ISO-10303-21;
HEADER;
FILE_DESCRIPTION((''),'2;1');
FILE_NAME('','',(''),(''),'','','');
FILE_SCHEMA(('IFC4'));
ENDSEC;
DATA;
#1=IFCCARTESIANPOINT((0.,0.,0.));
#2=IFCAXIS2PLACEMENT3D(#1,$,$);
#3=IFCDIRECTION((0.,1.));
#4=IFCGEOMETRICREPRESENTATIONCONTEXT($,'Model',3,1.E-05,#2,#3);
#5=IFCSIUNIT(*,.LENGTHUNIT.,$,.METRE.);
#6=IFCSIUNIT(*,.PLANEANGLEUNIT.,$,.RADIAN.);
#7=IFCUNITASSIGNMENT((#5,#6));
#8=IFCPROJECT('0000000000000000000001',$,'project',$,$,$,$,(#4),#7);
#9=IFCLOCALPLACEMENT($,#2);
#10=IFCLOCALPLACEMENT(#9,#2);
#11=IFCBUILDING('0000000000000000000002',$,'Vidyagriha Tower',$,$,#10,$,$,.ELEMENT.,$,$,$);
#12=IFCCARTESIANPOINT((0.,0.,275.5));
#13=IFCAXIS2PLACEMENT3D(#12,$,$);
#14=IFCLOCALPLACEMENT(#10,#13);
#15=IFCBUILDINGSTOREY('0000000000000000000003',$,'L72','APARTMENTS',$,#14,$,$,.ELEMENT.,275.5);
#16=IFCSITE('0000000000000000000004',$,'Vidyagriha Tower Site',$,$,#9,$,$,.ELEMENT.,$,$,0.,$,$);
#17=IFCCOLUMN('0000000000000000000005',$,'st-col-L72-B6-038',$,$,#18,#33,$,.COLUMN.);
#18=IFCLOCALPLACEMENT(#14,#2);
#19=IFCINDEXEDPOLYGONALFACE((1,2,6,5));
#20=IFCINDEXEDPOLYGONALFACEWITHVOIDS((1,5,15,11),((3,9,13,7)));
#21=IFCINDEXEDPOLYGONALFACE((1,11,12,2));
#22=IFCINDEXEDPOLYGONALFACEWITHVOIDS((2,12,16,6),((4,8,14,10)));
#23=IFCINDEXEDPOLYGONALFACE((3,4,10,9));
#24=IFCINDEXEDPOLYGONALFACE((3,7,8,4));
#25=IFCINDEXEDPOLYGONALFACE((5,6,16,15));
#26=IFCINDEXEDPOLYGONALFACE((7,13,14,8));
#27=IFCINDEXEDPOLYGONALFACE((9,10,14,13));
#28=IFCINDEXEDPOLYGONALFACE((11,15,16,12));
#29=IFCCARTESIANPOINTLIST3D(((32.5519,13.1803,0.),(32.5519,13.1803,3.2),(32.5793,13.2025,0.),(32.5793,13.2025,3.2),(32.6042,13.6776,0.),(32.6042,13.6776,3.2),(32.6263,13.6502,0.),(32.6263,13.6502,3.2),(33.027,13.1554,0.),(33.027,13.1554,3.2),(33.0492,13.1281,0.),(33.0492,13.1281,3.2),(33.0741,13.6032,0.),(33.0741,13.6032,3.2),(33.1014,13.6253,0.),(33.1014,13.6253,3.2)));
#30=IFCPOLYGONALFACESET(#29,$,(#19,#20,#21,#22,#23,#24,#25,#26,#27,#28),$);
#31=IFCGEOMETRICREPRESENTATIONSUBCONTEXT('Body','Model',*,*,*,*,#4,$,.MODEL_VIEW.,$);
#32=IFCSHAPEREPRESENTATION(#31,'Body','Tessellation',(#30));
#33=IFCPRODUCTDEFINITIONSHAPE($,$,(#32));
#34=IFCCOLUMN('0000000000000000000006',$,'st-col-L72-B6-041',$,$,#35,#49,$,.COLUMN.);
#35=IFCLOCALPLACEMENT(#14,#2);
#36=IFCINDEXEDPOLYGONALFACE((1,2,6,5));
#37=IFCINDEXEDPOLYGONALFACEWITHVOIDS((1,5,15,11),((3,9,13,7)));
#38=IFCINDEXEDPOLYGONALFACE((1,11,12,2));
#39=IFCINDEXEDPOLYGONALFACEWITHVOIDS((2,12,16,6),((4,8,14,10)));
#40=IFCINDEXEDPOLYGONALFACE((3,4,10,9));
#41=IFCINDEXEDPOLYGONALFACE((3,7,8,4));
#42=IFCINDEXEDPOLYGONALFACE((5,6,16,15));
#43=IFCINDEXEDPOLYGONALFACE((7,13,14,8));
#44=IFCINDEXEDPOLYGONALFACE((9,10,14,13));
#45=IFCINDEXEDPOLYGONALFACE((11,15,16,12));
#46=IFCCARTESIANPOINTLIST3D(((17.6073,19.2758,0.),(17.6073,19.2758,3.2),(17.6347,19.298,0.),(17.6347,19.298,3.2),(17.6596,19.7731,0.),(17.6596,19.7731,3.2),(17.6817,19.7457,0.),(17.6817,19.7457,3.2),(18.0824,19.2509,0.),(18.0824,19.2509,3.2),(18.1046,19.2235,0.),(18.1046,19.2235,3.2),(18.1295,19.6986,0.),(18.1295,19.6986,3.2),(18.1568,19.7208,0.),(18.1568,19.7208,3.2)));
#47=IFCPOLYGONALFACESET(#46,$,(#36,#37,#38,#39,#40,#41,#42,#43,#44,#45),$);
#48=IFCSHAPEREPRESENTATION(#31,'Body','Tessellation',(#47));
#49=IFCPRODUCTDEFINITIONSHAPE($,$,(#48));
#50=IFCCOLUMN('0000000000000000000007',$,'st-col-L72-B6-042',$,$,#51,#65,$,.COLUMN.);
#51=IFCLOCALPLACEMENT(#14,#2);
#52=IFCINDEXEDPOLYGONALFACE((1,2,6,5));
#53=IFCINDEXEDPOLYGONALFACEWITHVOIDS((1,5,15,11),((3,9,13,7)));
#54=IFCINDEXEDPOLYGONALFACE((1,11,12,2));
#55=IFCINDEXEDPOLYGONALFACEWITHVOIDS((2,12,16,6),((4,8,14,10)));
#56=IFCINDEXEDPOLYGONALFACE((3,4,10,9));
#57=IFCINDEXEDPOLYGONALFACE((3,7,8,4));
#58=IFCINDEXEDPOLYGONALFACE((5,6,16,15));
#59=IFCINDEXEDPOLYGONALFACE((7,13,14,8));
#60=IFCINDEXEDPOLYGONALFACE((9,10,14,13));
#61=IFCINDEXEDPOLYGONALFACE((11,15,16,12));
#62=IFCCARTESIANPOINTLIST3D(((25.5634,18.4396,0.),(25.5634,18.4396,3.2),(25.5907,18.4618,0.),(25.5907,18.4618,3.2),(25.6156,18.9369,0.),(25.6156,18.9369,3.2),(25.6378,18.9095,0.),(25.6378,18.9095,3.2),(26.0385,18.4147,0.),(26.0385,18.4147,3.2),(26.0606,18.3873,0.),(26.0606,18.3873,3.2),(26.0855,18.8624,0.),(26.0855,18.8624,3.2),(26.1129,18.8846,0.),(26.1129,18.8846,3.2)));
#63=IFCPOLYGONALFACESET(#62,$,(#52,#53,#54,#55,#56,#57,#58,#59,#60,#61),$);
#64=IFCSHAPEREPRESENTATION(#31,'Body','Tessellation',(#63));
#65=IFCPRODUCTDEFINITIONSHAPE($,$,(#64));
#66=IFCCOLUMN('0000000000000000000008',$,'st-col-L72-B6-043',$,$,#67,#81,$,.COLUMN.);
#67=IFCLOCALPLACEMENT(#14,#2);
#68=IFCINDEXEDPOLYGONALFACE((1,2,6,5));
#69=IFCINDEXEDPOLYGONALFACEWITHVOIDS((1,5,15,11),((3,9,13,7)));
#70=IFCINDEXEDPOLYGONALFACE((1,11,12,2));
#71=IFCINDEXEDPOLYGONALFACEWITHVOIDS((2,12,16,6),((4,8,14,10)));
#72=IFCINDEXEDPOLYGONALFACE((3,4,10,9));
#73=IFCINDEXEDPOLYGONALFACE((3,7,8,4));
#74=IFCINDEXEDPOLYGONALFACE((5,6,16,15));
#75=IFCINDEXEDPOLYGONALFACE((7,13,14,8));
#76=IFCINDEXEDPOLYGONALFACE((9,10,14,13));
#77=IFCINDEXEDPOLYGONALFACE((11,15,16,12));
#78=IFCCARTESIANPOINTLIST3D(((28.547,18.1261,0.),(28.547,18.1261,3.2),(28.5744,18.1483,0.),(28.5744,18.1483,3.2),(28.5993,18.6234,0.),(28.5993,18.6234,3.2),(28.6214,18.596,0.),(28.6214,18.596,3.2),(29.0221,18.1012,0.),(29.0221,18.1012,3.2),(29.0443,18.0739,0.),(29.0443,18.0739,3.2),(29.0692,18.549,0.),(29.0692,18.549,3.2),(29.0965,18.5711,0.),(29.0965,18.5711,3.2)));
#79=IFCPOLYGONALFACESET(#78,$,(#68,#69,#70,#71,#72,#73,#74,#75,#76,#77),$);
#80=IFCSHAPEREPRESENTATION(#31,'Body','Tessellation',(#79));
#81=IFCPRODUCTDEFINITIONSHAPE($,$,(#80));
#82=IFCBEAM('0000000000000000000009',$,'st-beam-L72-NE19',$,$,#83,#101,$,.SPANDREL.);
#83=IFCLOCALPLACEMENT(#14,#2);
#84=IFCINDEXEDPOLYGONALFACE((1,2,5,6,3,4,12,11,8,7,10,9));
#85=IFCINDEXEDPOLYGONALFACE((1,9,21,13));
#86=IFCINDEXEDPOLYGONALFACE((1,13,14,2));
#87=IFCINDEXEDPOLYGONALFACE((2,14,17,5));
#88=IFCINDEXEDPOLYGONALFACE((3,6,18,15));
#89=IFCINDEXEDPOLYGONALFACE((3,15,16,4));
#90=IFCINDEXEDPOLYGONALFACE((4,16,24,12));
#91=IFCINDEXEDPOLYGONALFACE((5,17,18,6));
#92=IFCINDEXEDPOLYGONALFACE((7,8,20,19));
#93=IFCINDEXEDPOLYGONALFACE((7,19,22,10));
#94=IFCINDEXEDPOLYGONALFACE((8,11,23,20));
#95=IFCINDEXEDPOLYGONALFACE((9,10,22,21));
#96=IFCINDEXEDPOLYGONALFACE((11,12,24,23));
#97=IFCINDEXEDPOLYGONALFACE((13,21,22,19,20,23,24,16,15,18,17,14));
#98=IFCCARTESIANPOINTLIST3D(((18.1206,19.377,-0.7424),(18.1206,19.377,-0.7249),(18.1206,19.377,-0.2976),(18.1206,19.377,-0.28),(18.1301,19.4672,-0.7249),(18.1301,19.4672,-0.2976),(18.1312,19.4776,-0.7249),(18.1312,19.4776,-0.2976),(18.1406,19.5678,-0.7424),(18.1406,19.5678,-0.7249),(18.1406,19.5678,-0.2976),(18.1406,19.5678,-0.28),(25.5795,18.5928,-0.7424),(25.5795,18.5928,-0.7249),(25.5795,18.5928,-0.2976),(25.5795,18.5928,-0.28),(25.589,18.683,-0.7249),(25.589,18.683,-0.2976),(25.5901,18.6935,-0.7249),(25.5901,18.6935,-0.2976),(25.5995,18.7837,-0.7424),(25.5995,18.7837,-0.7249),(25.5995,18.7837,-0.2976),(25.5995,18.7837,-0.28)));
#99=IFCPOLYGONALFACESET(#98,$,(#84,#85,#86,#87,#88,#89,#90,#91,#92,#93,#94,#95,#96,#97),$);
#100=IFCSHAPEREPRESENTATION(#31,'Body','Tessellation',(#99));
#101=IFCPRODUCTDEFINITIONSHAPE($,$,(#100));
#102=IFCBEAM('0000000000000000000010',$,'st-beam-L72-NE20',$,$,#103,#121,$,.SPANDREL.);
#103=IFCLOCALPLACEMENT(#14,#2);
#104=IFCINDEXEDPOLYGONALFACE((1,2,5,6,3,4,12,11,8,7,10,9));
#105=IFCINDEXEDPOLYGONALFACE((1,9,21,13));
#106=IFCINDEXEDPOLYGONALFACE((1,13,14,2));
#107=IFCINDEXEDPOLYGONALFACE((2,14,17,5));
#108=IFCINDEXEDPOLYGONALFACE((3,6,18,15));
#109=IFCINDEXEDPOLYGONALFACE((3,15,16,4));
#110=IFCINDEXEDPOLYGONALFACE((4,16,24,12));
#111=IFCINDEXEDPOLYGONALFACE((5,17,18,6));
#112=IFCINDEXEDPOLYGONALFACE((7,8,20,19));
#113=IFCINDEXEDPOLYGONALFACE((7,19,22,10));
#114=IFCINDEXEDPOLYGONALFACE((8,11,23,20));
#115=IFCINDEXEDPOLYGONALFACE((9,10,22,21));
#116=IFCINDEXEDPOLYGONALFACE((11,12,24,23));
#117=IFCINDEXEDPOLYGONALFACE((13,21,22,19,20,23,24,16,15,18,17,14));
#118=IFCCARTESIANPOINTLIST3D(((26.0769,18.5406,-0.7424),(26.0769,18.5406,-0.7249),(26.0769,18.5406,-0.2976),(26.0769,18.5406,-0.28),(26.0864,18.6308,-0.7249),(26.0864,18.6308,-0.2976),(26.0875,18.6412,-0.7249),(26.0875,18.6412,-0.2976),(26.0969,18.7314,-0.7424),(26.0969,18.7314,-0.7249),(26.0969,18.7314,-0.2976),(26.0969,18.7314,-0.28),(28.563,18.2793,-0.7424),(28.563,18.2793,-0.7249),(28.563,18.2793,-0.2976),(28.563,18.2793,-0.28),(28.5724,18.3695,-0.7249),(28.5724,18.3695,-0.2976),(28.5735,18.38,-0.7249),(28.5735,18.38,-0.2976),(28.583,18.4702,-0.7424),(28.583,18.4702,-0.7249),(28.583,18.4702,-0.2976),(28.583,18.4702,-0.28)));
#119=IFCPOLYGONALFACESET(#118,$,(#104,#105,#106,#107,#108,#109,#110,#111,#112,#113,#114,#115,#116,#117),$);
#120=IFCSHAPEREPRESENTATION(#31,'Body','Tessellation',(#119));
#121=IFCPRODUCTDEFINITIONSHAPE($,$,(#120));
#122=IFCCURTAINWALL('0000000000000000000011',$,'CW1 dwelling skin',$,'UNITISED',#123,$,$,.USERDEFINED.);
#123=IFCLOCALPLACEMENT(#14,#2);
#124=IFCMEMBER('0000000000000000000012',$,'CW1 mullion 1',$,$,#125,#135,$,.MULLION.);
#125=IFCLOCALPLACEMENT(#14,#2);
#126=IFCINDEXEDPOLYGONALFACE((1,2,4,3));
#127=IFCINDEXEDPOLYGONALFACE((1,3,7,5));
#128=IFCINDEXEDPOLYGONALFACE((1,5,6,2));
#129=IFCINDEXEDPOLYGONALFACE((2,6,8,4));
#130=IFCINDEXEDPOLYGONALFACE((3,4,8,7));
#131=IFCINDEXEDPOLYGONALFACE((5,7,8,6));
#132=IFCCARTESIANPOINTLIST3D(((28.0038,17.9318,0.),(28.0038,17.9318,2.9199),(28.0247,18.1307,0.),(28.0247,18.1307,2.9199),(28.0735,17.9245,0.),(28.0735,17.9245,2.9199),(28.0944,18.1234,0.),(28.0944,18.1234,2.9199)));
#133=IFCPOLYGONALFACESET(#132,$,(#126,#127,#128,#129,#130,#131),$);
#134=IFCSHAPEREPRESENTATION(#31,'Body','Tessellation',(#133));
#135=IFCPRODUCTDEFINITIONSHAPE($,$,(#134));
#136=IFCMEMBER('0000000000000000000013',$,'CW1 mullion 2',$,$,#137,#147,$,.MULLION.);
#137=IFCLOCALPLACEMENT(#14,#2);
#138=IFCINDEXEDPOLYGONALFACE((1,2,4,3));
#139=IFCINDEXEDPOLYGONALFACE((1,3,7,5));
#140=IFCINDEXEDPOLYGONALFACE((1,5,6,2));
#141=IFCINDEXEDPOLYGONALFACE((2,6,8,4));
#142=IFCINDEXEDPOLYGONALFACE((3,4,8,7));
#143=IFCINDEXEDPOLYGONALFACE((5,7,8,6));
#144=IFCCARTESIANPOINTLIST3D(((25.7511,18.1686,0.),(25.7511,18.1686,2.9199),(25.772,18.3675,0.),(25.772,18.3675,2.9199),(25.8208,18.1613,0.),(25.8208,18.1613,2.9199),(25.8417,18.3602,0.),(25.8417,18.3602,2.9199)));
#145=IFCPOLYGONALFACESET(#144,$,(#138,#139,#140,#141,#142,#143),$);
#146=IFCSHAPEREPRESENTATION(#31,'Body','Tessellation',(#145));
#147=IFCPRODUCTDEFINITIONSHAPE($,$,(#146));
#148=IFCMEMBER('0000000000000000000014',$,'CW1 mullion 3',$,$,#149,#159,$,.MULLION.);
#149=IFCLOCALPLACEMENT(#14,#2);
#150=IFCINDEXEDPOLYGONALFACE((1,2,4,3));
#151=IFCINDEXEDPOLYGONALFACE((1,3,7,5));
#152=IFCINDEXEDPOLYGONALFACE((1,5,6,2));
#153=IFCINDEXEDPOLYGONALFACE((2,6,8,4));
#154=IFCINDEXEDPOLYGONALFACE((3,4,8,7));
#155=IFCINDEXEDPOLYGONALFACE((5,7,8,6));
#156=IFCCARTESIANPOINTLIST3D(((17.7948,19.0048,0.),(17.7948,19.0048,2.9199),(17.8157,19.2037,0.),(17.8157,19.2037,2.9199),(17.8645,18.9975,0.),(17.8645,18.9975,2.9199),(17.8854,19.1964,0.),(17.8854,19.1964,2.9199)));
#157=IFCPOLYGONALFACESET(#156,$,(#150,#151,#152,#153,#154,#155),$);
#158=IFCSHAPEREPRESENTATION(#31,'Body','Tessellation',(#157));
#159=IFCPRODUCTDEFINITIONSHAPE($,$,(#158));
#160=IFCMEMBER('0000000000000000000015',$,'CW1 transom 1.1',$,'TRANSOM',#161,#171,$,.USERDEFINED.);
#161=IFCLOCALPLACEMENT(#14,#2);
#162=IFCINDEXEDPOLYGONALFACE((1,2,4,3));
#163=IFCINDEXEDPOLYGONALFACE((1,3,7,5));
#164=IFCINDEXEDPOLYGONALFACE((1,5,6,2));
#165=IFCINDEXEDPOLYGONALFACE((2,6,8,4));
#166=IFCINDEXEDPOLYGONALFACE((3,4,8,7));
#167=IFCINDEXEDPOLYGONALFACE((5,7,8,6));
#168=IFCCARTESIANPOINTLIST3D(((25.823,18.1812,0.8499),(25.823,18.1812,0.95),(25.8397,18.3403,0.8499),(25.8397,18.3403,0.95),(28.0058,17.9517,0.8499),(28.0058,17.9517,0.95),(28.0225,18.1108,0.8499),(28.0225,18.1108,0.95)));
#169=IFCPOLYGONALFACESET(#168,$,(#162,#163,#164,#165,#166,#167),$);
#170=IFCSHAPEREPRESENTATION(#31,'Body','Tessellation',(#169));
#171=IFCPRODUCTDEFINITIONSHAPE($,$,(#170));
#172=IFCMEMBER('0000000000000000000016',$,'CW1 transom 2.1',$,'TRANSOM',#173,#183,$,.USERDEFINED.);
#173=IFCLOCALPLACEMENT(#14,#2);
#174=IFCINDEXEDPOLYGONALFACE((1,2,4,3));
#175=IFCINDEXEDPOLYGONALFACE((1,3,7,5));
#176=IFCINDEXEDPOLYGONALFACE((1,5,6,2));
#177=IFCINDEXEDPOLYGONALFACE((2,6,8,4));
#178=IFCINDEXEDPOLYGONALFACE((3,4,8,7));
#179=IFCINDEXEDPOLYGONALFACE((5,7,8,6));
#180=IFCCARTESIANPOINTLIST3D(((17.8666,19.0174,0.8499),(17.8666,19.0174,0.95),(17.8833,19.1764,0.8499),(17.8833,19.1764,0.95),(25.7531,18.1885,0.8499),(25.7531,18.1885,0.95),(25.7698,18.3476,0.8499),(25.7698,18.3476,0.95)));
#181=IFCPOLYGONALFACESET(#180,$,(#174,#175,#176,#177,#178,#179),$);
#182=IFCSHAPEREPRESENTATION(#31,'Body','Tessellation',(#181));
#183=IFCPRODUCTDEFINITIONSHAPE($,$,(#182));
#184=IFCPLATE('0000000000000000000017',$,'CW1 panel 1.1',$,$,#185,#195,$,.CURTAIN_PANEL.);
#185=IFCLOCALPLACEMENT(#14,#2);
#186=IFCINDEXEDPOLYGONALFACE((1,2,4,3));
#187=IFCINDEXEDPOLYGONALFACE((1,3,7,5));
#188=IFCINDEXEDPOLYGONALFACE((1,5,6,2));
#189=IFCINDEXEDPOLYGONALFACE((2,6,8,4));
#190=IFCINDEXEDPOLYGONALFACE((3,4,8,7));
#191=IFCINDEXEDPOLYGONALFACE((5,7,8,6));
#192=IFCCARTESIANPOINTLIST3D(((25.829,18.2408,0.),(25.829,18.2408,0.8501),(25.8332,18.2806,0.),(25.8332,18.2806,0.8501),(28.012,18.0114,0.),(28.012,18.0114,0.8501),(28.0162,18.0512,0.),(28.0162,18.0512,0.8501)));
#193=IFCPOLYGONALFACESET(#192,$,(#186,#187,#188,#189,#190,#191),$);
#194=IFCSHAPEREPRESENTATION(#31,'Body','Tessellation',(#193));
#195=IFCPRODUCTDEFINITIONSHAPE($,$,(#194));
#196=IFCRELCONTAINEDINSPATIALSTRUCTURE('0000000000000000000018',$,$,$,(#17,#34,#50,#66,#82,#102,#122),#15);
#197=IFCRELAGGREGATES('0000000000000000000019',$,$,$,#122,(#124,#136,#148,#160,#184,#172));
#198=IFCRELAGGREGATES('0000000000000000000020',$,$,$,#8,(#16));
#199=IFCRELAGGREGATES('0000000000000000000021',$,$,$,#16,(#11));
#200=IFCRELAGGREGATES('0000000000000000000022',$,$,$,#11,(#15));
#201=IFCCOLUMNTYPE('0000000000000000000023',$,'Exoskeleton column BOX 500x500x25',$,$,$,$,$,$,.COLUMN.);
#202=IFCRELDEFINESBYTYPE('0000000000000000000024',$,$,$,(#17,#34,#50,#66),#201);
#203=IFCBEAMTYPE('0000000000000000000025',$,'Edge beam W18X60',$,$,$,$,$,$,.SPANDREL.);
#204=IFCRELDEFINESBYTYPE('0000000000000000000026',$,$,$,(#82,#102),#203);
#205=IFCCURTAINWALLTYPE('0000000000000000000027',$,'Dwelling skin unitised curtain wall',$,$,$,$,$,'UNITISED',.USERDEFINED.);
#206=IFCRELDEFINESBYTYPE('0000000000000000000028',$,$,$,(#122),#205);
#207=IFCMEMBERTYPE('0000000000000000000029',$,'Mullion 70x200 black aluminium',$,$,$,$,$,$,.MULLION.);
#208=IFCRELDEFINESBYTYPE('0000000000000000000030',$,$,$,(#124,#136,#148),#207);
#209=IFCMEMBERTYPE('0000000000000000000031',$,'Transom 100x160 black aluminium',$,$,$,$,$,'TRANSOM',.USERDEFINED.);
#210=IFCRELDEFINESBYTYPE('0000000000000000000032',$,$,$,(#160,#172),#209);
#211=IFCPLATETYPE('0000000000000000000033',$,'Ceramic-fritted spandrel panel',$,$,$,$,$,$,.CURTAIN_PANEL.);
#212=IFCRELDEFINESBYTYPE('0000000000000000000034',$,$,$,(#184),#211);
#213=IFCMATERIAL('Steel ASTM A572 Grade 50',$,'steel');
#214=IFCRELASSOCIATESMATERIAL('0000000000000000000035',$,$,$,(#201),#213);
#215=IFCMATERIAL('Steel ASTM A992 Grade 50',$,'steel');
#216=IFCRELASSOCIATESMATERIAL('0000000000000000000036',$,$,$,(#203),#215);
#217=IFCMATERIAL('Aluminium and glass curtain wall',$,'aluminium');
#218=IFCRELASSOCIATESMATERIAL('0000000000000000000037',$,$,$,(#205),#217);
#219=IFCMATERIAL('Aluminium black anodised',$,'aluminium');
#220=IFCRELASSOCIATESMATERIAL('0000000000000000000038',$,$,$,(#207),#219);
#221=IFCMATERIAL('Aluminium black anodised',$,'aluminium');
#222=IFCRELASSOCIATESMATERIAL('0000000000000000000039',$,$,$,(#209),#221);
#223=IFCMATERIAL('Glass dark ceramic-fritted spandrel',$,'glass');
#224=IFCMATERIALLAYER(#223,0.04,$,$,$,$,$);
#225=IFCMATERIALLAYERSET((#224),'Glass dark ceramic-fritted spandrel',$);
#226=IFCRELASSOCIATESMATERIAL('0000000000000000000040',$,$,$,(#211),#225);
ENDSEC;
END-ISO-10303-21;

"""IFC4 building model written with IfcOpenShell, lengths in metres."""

from ifc_helpers import new_model, si_unit, direction, frame, origin, origin_2d, place, context, subcontext, project, spatial, rectangle, hollow_rectangle, i_section, extrude, material, layer, layer_set, material_profile, profile_set, type_object, element, aggregate, save


model = new_model("IFC4")

# Units and contexts
model_context = context("Model", 3, precision=1e-05, world=origin(), true_north=direction((0.0, 1.0)))
body_context = subcontext(model_context, "Body", "Model", "MODEL_VIEW")
ifc_project = project(units=[si_unit("LENGTHUNIT", "METRE"), si_unit("PLANEANGLEUNIT", "RADIAN")], contexts=[model_context])

# Site, building, storey
site_placement = place(None, origin())
site = spatial("IfcSite", under=ifc_project, at=site_placement, Name="Vidyagriha Tower Site", CompositionType="ELEMENT", RefElevation=0.0)
building_placement = place(site_placement, origin())
building = spatial("IfcBuilding", under=site, at=building_placement, Name="Vidyagriha Tower", CompositionType="ELEMENT")
storey_placement = place(building_placement, frame((0.0, 0.0, 275.5)))
storey = spatial("IfcBuildingStorey", under=building, at=storey_placement, Name="L72", Description="APARTMENTS", CompositionType="ELEMENT", Elevation=275.5)

# Columns
ifc_material_1 = material(Name="Steel ASTM A572 Grade 50", Category="steel")
ifc_material_profile_1 = material_profile(ifc_material_1, hollow_rectangle(XDim=0.5, YDim=0.5, WallThickness=0.0249, at=origin_2d()), Name="BOX 500x500x25")
ifc_profile_set_1 = profile_set([ifc_material_profile_1], Name="Steel ASTM A572 Grade 50")
column_type = type_object("IfcColumnType", Name="Exoskeleton column BOX 500x500x25", PredefinedType="COLUMN", material=ifc_profile_set_1)
for number, where, z_axis, x_axis, name in (
    (1, (32.8267, 13.4028, 0.0), (0.0, 0.0, 1.0), (0.994522, -0.104528, 0.0), "st-col-L72-B6-038"),
    (2, (17.8821, 19.4983, 0.0), (0.0, 0.0, 1.0), (0.994522, -0.104528, 0.0), "st-col-L72-B6-041"),
    (3, (25.8381, 18.6621, 0.0), (0.0, 0.0, 1.0), (0.994522, -0.104528, 0.0), "st-col-L72-B6-042"),
    (4, (28.8218, 18.3486, 0.0), (0.0, 0.0, 1.0), (0.994522, -0.104528, 0.0), "st-col-L72-B6-043"),
):
    element("IfcColumn", number, at=place(storey_placement, frame(where, z_axis=z_axis, x_axis=x_axis)), inside=storey, type_object=column_type, Name=name, PredefinedType="COLUMN", context=body_context, shape_type="SweptSolid", body=[
        extrude(hollow_rectangle(XDim=0.5, YDim=0.5, WallThickness=0.0249, at=origin_2d()), origin(), (0.0, 0.0, 1.0), 3.2),
    ])

# Beams
ifc_material_2 = material(Name="Steel ASTM A992 Grade 50", Category="steel")
ifc_material_profile_2 = material_profile(ifc_material_2, i_section(OverallWidth=0.1919, OverallDepth=0.4624, WebThickness=0.0105, FlangeThickness=0.0176, at=origin_2d()), Name="W18X60")
ifc_profile_set_2 = profile_set([ifc_material_profile_2], Name="Steel ASTM A992 Grade 50")
beam_type = type_object("IfcBeamType", Name="Edge beam W18X60", PredefinedType="SPANDREL", material=ifc_profile_set_2)
beam_1_placement = place(storey_placement, frame((18.1306, 19.4724, -0.5112), z_axis=(0.994519, -0.104556, 0.0), x_axis=(0.104556, 0.994519, 0.0)))
element("IfcBeam", 5, at=beam_1_placement, inside=storey, type_object=beam_type, Name="st-beam-L72-NE19", PredefinedType="SPANDREL", context=body_context, shape_type="SweptSolid", body=[
    extrude(i_section(OverallWidth=0.1919, OverallDepth=0.4624, WebThickness=0.0105, FlangeThickness=0.0176, at=origin_2d()), origin(), (0.0, 0.0, 1.0), 7.5),
])
beam_2_placement = place(storey_placement, frame((26.0869, 18.636, -0.5112), z_axis=(0.994525, -0.104502, 0.0), x_axis=(0.104502, 0.994525, 0.0)))
element("IfcBeam", 6, at=beam_2_placement, inside=storey, type_object=beam_type, Name="st-beam-L72-NE20", PredefinedType="SPANDREL", context=body_context, shape_type="SweptSolid", body=[
    extrude(i_section(OverallWidth=0.1919, OverallDepth=0.4624, WebThickness=0.0105, FlangeThickness=0.0176, at=origin_2d()), origin(), (0.0, 0.0, 1.0), 2.4998),
])

# Curtain wall, members, plate
ifc_material_3 = material(Name="Aluminium and glass curtain wall", Category="aluminium")
curtain_wall_type = type_object("IfcCurtainWallType", Name="Dwelling skin unitised curtain wall", ElementType="UNITISED", PredefinedType="USERDEFINED", material=ifc_material_3)
curtain_wall_placement = place(storey_placement, origin())
curtain_wall = element("IfcCurtainWall", 7, at=curtain_wall_placement, inside=storey, type_object=curtain_wall_type, Name="CW1 dwelling skin", ObjectType="UNITISED", PredefinedType="USERDEFINED")
ifc_material_4 = material(Name="Aluminium black anodised", Category="aluminium")
ifc_material_profile_3 = material_profile(ifc_material_4, rectangle(XDim=0.2, YDim=0.0701, at=origin_2d()), Name="Mullion 70x200 black aluminium")
ifc_profile_set_3 = profile_set([ifc_material_profile_3], Name="Aluminium black anodised")
member_type_1 = type_object("IfcMemberType", Name="Mullion 70x200 black aluminium", PredefinedType="MULLION", material=ifc_profile_set_3)
member_1_placement = place(storey_placement, frame((28.0491, 18.0276, 0.0), z_axis=(0.0, 0.0, 1.0), x_axis=(-0.104529, -0.994522, 0.0)))
member_1 = element("IfcMember", 8, at=member_1_placement, type_object=member_type_1, Name="CW1 mullion 1", PredefinedType="MULLION", context=body_context, shape_type="SweptSolid", body=[
    extrude(rectangle(XDim=0.2, YDim=0.0701, at=origin_2d()), origin(), (0.0, 0.0, 1.0), 2.9199),
])
member_2_placement = place(storey_placement, frame((25.7964, 18.2644, 0.0), z_axis=(0.0, 0.0, 1.0), x_axis=(-0.104529, -0.994522, 0.0)))
member_2 = element("IfcMember", 9, at=member_2_placement, type_object=member_type_1, Name="CW1 mullion 2", PredefinedType="MULLION", context=body_context, shape_type="SweptSolid", body=[
    extrude(rectangle(XDim=0.2, YDim=0.0701, at=origin_2d()), origin(), (0.0, 0.0, 1.0), 2.9199),
])
member_3_placement = place(storey_placement, frame((17.8401, 19.1006, 0.0), z_axis=(0.0, 0.0, 1.0), x_axis=(-0.104529, -0.994522, 0.0)))
member_3 = element("IfcMember", 10, at=member_3_placement, type_object=member_type_1, Name="CW1 mullion 3", PredefinedType="MULLION", context=body_context, shape_type="SweptSolid", body=[
    extrude(rectangle(XDim=0.2, YDim=0.0701, at=origin_2d()), origin(), (0.0, 0.0, 1.0), 2.9199),
])
ifc_material_5 = material(Name="Aluminium black anodised", Category="aluminium")
ifc_material_profile_4 = material_profile(ifc_material_5, rectangle(XDim=0.1599, YDim=0.1001, at=origin_2d()), Name="Transom 100x160 black aluminium")
ifc_profile_set_4 = profile_set([ifc_material_profile_4], Name="Aluminium black anodised")
member_type_2 = type_object("IfcMemberType", Name="Transom 100x160 black aluminium", ElementType="TRANSOM", PredefinedType="USERDEFINED", material=ifc_profile_set_4)
member_4_placement = place(storey_placement, frame((28.0142, 18.0312, 0.8999), z_axis=(-0.994519, 0.104557, 0.0), x_axis=(-0.104557, -0.994519, 0.0)))
member_4 = element("IfcMember", 11, at=member_4_placement, type_object=member_type_2, Name="CW1 transom 1.1", ObjectType="TRANSOM", PredefinedType="USERDEFINED", context=body_context, shape_type="SweptSolid", body=[
    extrude(rectangle(XDim=0.1599, YDim=0.1001, at=origin_2d()), origin(), (0.0, 0.0, 1.0), 2.1948),
])
member_5_placement = place(storey_placement, frame((25.7615, 18.2681, 0.8999), z_axis=(-0.994522, 0.104523, 0.0), x_axis=(-0.104523, -0.994522, 0.0)))
member_5 = element("IfcMember", 12, at=member_5_placement, type_object=member_type_2, Name="CW1 transom 2.1", ObjectType="TRANSOM", PredefinedType="USERDEFINED", context=body_context, shape_type="SweptSolid", body=[
    extrude(rectangle(XDim=0.1599, YDim=0.1001, at=origin_2d()), origin(), (0.0, 0.0, 1.0), 7.9299),
])
ifc_material_6 = material(Name="Glass dark ceramic-fritted spandrel", Category="glass")
ifc_layer_1 = layer(ifc_material_6, 0.04)
ifc_layer_set_1 = layer_set([ifc_layer_1], Name="Glass dark ceramic-fritted spandrel")
plate_type_1 = type_object("IfcPlateType", Name="Ceramic-fritted spandrel panel", PredefinedType="CURTAIN_PANEL", material=ifc_layer_set_1)
plate_1_placement = place(storey_placement, frame((26.9226, 18.146, 0.0), z_axis=(0.0, 0.0, 1.0), x_axis=(-0.994522, 0.104529, 0.0)))
plate_1 = element("IfcPlate", 13, at=plate_1_placement, type_object=plate_type_1, Name="CW1 panel 1.1", PredefinedType="CURTAIN_PANEL", context=body_context, shape_type="SweptSolid", body=[
    extrude(rectangle(XDim=2.1951, YDim=0.04, at=origin_2d()), origin(), (0.0, 0.0, 1.0), 0.8501),
])
aggregate(curtain_wall, [member_1, member_2, member_3, member_4, plate_1, member_5])

save(model, "model.ifc")
